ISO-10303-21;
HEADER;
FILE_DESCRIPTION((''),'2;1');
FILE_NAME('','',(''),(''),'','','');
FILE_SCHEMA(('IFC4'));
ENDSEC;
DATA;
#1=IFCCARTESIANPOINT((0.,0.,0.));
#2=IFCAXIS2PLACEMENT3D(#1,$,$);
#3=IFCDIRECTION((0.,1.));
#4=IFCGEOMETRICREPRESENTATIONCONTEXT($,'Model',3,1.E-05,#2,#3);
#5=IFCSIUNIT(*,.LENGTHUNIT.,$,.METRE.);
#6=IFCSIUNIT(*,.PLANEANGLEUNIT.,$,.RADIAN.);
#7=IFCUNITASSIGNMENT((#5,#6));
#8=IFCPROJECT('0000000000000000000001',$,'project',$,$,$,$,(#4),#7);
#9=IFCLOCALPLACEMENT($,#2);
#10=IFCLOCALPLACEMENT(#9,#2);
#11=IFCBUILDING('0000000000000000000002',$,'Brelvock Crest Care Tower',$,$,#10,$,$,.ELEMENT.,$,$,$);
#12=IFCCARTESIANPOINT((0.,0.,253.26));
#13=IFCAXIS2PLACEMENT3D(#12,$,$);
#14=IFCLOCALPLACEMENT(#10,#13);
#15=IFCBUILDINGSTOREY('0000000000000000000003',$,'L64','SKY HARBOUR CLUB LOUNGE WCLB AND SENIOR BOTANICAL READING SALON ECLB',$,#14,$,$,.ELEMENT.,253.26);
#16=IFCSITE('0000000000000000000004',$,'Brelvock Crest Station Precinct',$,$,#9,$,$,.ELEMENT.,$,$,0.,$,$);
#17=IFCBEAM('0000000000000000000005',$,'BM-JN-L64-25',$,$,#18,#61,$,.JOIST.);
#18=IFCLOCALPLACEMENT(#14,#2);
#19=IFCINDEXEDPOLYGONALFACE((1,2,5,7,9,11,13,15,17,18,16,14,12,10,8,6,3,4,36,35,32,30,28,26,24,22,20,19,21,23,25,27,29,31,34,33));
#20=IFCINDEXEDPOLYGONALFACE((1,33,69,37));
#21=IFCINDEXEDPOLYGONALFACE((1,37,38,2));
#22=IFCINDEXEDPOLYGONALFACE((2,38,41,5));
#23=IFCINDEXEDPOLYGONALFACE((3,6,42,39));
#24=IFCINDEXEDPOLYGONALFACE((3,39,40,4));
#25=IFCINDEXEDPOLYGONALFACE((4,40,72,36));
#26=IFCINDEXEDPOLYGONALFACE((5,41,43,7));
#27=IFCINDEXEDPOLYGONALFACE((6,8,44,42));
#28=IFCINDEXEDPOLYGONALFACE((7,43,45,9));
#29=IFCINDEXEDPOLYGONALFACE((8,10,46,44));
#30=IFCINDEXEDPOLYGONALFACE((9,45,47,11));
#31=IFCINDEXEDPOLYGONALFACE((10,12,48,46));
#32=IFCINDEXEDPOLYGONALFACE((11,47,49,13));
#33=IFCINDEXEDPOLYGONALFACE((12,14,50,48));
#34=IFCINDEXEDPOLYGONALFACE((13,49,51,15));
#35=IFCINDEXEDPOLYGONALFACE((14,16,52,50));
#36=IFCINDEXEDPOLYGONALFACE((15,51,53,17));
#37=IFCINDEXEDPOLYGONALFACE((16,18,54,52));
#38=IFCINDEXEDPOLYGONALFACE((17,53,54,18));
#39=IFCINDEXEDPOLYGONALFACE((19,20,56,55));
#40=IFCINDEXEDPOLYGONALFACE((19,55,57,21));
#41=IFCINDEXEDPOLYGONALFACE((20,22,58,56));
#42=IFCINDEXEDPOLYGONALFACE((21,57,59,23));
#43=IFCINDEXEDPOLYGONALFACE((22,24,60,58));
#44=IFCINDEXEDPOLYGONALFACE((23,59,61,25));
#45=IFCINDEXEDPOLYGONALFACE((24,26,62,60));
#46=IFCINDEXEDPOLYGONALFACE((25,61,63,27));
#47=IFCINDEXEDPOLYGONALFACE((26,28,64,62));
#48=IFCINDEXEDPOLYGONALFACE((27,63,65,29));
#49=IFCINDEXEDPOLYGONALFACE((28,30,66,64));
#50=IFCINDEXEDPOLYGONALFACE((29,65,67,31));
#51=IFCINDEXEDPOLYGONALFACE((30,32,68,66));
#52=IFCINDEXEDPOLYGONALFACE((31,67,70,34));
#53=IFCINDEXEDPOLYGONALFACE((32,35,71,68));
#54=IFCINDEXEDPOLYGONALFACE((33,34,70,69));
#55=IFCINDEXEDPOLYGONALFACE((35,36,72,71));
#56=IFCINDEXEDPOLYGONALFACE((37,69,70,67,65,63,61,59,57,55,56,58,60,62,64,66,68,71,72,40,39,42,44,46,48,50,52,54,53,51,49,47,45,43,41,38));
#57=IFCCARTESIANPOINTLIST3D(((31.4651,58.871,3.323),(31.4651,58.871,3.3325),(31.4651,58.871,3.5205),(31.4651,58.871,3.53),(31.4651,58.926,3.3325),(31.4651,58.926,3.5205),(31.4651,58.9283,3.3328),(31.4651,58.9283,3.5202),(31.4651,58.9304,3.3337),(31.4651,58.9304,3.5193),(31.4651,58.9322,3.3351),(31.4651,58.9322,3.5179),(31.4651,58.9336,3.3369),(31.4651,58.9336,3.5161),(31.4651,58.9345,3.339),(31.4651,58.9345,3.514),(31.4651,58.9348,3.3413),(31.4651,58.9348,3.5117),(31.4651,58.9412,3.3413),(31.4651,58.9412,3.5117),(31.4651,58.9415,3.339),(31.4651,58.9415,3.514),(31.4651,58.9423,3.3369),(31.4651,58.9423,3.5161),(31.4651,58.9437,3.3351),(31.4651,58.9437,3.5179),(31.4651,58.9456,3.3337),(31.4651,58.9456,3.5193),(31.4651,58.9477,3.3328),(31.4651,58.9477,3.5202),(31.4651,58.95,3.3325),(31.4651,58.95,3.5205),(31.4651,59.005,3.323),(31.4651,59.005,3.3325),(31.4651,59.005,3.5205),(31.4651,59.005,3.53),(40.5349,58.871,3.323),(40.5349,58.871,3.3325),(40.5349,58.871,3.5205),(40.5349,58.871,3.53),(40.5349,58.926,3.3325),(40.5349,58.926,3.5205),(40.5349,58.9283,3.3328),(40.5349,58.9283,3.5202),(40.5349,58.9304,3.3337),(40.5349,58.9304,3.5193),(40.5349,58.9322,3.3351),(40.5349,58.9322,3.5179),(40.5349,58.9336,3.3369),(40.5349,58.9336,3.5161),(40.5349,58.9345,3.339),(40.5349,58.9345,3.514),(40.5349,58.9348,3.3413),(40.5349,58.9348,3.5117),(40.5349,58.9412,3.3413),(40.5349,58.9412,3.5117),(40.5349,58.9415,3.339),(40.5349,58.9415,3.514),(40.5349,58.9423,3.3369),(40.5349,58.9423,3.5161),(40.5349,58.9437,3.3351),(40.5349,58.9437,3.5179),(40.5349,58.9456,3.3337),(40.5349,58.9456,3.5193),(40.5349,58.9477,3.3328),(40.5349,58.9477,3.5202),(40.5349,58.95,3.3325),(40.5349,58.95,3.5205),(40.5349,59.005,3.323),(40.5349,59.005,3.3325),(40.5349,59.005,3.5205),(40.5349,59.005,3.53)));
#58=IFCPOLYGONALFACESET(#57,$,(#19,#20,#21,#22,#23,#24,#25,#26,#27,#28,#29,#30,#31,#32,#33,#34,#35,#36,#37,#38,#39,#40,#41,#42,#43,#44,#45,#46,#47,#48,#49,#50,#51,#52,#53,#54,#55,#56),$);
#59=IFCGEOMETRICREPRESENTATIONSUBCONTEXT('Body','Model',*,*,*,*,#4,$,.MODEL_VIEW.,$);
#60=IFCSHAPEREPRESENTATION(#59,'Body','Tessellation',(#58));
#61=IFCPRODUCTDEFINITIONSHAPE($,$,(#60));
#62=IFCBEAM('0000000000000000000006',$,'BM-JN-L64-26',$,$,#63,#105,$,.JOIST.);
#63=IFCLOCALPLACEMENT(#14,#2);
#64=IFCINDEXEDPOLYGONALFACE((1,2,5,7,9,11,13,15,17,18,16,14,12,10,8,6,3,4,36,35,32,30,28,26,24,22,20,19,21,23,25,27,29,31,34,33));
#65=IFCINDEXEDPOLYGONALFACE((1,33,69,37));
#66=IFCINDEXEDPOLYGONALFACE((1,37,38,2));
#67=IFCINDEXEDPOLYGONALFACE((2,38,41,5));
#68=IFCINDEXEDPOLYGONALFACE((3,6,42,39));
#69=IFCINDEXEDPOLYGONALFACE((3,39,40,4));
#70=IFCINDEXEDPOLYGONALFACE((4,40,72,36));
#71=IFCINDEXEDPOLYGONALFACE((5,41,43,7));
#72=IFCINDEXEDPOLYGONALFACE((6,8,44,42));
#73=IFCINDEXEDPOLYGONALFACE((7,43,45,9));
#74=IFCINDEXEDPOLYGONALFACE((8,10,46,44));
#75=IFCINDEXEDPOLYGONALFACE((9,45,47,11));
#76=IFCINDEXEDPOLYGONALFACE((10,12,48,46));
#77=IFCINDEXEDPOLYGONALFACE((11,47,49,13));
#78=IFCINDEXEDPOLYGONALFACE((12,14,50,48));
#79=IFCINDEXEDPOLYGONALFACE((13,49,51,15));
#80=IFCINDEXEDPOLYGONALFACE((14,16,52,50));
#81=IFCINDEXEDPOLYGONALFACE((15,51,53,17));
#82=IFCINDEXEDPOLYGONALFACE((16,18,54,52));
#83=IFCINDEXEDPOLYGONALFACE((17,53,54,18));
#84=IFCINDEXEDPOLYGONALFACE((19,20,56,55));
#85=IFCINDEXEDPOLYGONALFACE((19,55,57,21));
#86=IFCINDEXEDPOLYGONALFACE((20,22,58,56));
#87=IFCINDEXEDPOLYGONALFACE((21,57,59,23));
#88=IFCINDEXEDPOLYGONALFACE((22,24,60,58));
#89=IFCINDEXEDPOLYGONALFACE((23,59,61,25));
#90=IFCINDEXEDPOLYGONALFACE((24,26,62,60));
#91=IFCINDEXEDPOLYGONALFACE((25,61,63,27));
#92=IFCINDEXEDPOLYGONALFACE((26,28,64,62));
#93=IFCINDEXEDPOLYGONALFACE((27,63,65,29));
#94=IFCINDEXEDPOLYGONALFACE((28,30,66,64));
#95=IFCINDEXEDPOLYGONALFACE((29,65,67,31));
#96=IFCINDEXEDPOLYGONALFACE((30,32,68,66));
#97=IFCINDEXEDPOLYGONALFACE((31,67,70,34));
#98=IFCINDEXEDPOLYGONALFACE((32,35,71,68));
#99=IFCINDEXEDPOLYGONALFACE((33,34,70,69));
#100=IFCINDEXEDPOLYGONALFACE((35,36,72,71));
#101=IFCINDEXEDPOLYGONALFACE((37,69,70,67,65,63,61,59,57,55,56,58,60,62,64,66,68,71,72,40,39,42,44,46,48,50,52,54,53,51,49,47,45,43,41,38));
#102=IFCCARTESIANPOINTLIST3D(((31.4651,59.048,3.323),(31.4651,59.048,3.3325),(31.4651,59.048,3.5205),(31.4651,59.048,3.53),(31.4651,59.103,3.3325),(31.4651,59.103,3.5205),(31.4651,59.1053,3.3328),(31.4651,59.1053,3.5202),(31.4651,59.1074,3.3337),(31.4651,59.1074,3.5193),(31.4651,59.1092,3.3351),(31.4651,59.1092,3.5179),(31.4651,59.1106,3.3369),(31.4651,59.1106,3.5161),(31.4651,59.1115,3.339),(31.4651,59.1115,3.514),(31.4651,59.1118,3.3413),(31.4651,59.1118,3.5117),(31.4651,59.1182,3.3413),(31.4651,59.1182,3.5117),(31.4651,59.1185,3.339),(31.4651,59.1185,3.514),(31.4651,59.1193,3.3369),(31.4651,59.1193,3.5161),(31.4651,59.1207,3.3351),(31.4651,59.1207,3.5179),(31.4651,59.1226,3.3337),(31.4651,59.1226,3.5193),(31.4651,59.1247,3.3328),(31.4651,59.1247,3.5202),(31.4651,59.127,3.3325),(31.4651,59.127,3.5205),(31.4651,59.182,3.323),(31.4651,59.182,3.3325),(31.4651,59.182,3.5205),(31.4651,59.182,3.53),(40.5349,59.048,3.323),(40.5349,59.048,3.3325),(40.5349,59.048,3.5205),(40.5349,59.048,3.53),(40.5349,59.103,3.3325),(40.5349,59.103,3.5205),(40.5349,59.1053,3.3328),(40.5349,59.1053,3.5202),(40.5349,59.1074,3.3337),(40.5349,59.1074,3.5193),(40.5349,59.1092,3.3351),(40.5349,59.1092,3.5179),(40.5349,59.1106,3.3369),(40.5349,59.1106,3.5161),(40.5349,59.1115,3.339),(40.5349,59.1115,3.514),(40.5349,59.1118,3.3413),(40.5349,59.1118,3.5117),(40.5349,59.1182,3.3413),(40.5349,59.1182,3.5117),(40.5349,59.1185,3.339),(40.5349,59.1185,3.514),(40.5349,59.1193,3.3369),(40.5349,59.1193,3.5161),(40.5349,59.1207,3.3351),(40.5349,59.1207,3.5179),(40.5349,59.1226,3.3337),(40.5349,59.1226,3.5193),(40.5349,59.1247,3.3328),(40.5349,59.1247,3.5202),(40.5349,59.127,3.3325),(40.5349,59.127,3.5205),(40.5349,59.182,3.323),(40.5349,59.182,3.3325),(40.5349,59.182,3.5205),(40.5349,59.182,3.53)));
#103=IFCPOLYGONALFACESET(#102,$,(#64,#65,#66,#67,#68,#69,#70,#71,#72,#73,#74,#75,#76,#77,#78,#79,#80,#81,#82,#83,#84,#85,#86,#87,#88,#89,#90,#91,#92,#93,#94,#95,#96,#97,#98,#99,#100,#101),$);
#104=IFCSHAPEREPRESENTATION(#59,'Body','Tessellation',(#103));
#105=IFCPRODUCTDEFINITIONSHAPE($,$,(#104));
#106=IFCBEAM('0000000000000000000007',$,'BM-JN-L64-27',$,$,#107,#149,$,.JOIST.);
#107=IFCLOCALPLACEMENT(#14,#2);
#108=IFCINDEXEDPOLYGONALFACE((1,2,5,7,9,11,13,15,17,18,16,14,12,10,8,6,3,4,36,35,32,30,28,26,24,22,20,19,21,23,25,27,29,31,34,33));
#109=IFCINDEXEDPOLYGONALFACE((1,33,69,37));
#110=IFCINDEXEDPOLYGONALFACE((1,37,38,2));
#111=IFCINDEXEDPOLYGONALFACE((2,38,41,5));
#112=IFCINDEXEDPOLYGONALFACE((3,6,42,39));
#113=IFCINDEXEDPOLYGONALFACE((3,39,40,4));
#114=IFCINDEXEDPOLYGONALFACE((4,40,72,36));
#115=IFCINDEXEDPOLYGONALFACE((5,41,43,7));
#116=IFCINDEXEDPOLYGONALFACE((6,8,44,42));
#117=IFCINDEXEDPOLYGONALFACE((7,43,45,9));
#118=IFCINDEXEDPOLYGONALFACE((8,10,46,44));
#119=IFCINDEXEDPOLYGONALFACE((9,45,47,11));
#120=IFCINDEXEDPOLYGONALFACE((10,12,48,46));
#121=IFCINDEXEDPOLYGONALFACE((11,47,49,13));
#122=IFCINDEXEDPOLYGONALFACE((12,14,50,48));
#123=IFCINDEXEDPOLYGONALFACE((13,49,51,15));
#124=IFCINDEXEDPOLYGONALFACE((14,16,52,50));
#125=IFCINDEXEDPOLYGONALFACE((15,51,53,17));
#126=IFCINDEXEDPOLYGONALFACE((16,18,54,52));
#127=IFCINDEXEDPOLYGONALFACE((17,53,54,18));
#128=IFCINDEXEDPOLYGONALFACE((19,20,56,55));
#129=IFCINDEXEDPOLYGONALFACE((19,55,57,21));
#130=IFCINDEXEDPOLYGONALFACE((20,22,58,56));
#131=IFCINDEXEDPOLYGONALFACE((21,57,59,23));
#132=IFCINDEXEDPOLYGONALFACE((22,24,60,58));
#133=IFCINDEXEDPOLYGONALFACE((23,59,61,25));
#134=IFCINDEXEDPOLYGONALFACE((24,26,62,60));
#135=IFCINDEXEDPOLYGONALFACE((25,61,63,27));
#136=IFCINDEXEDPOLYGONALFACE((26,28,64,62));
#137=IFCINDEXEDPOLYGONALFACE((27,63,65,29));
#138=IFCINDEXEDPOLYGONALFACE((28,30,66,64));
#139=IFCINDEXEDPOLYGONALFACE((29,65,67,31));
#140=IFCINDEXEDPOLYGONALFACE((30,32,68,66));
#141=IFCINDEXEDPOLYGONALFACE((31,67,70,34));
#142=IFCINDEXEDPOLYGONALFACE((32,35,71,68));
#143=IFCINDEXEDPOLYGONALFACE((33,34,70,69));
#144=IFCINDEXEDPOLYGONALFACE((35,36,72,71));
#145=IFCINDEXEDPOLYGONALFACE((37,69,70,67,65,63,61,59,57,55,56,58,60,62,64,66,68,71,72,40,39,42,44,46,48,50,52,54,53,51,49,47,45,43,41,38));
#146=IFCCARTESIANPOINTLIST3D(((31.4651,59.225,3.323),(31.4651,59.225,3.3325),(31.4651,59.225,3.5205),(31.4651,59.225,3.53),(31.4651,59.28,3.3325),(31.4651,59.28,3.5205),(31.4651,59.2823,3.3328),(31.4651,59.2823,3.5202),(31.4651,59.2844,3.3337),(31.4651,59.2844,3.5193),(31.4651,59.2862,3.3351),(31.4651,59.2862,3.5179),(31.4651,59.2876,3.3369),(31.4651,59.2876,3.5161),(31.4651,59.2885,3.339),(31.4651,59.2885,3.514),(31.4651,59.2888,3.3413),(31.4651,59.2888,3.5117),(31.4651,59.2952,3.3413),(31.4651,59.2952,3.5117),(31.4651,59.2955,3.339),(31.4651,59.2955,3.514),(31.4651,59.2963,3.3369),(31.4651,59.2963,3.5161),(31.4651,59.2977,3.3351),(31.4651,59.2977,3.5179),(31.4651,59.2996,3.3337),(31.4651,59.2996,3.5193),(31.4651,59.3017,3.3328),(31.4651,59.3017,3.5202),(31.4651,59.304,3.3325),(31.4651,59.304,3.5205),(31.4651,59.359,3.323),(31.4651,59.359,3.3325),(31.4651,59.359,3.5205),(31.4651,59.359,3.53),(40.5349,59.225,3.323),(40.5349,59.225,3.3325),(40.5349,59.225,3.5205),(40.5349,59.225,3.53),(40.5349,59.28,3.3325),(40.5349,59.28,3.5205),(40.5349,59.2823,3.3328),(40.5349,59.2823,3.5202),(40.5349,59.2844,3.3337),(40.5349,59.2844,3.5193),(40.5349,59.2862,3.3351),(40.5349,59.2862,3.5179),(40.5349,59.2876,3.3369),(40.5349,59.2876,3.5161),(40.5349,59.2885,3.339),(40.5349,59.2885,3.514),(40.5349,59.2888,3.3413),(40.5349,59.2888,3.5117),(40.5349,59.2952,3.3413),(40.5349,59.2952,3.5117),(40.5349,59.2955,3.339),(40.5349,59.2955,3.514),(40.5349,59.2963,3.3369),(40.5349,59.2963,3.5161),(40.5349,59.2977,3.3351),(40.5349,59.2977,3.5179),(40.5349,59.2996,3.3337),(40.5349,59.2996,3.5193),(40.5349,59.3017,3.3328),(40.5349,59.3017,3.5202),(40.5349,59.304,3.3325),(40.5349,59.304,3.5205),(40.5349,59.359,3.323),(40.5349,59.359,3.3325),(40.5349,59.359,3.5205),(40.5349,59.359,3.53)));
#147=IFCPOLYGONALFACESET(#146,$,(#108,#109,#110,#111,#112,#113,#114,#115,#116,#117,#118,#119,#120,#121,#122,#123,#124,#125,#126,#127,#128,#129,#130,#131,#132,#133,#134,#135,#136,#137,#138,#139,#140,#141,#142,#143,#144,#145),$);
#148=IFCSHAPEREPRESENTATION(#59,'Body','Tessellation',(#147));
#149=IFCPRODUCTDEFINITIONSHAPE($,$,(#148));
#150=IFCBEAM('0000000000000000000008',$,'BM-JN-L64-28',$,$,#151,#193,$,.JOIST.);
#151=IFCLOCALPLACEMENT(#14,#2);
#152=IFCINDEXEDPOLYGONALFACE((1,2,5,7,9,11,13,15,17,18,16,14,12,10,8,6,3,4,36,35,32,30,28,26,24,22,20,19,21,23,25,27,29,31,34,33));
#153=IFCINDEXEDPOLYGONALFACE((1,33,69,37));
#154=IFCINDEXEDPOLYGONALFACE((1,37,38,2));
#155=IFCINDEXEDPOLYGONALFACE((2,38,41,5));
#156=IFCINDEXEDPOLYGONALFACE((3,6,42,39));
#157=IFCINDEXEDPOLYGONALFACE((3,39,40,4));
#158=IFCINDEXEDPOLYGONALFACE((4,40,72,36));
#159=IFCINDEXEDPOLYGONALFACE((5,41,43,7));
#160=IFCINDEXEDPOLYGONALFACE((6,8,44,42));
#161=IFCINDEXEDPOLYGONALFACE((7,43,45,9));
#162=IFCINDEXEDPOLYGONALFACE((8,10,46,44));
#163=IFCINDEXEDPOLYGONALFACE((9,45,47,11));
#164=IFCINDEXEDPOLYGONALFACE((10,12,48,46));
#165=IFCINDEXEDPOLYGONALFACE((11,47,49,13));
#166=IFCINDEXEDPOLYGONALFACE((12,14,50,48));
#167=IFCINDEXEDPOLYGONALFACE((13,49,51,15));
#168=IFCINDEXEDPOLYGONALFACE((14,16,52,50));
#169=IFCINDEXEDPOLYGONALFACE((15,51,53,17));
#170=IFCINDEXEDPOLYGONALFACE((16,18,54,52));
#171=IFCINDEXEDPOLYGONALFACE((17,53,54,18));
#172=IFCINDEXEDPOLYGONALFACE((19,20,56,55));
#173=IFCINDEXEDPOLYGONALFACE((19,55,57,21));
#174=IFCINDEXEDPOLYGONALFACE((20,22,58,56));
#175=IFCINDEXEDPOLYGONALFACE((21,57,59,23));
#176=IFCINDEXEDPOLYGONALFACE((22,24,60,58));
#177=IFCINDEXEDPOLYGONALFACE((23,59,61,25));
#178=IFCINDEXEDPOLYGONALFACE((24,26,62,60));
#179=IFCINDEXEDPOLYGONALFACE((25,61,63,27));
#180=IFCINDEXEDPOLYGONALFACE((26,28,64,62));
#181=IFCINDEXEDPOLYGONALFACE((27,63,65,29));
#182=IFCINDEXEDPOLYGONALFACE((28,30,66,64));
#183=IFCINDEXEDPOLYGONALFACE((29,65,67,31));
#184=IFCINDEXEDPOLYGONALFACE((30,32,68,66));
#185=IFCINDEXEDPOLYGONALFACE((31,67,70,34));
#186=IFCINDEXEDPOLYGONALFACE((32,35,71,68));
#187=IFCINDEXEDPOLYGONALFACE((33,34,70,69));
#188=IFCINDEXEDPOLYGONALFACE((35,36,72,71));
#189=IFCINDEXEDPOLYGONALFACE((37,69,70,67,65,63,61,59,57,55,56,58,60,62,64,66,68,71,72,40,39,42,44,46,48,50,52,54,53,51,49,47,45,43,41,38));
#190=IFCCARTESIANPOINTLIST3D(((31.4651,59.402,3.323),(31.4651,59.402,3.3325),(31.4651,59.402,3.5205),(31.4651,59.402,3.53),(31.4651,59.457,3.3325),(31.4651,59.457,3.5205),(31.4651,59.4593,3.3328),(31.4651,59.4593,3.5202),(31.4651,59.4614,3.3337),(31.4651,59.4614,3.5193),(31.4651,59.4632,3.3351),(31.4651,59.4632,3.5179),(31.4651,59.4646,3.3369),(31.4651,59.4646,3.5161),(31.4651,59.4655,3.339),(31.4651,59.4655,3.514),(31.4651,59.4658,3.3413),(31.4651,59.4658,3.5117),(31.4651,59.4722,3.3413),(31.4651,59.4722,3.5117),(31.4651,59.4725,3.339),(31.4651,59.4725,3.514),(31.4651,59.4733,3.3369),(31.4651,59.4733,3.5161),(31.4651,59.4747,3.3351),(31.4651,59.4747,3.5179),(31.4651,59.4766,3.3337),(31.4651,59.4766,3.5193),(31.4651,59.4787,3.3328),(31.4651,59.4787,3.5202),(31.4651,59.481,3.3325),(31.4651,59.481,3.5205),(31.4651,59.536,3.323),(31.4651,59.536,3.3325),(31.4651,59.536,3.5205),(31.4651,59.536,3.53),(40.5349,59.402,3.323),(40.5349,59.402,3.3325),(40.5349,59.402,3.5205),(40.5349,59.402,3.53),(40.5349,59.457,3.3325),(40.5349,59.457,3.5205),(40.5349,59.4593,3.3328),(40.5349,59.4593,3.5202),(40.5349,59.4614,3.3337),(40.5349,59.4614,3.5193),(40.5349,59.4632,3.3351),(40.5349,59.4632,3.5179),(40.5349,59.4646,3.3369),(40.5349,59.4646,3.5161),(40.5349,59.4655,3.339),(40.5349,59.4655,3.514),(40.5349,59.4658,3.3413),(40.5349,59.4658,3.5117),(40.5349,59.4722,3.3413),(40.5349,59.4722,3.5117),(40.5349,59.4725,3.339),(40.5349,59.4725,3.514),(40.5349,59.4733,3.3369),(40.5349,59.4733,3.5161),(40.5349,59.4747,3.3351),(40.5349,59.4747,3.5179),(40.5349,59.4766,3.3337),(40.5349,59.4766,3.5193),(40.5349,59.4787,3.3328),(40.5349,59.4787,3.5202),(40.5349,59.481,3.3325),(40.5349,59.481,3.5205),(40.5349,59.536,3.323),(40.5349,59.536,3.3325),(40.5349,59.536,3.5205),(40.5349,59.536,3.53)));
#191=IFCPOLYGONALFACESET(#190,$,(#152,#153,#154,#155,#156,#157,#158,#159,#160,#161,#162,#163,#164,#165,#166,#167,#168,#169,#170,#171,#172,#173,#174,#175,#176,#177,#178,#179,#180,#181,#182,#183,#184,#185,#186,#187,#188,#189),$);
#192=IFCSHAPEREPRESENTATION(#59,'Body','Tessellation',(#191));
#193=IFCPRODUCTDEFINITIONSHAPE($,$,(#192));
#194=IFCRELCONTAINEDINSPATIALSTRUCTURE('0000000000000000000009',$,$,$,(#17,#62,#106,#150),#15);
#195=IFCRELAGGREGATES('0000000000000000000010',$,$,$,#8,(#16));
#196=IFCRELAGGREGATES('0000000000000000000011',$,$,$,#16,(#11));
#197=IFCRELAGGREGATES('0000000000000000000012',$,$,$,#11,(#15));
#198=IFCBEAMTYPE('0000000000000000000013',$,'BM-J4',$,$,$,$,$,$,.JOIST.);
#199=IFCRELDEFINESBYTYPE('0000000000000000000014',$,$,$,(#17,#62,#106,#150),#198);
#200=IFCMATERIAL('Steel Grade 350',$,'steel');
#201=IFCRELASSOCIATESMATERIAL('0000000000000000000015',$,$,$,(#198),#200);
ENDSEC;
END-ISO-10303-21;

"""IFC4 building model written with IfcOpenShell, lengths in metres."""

from ifc_helpers import new_model, si_unit, direction, frame, origin, origin_2d, place, context, subcontext, project, spatial, i_section, extrude, source, transform, mapped, material, material_profile, profile_set, type_object, element, save


model = new_model("IFC4")

# Units and contexts
model_context = context("Model", 3, precision=1e-05, world=origin(), true_north=direction((0.0, 1.0)))
body_context = subcontext(model_context, "Body", "Model", "MODEL_VIEW")
ifc_project = project(units=[si_unit("LENGTHUNIT", "METRE"), si_unit("PLANEANGLEUNIT", "RADIAN")], contexts=[model_context])

# Site, building, storey
site_placement = place(None, origin())
site = spatial("IfcSite", under=ifc_project, at=site_placement, Name="Brelvock Crest Station Precinct", CompositionType="ELEMENT", RefElevation=0.0)
building_placement = place(site_placement, origin())
building = spatial("IfcBuilding", under=site, at=building_placement, Name="Brelvock Crest Care Tower", CompositionType="ELEMENT")
storey_placement = place(building_placement, frame((0.0, 0.0, 253.26)))
storey = spatial("IfcBuildingStorey", under=building, at=storey_placement, Name="L64", Description="SKY HARBOUR CLUB LOUNGE WCLB AND SENIOR BOTANICAL READING SALON ECLB", CompositionType="ELEMENT", Elevation=253.26)

# Shared definitions
ifc_material_1 = material(Name="Steel Grade 350", Category="steel")

# Beams
ifc_material_profile_1 = material_profile(ifc_material_1, i_section(OverallWidth=0.134, OverallDepth=0.207, WebThickness=0.0063, FlangeThickness=0.0095, FilletRadius=0.0088, at=origin_2d()), Name="200UB29.8")
ifc_profile_set_1 = profile_set([ifc_material_profile_1], Name="Steel Grade 350")
beam_type_1 = type_object("IfcBeamType", Name="BM-J4", PredefinedType="JOIST", material=ifc_profile_set_1)
shared_shape_1 = source(origin(), body_context, "Body", "SweptSolid", [
    extrude(i_section(OverallWidth=0.134, OverallDepth=0.207, WebThickness=0.0063, FlangeThickness=0.0095, FilletRadius=0.0088, at=origin_2d()), origin(), (0.0, 0.0, 1.0), 9.0698),
])
for number, where, z_axis, x_axis, name in (
    (1, (31.4651, 58.938, 3.4265), (1.0, 0.0, 0.0), (0.0, 1.0, 0.0), "BM-JN-L64-25"),
    (2, (31.4651, 59.115, 3.4265), (1.0, 0.0, 0.0), (0.0, 1.0, 0.0), "BM-JN-L64-26"),
    (3, (31.4651, 59.292, 3.4265), (1.0, 0.0, 0.0), (0.0, 1.0, 0.0), "BM-JN-L64-27"),
    (4, (31.4651, 59.469, 3.4265), (1.0, 0.0, 0.0), (0.0, 1.0, 0.0), "BM-JN-L64-28"),
):
    element("IfcBeam", number, at=place(storey_placement, frame(where, z_axis=z_axis, x_axis=x_axis)), inside=storey, type_object=beam_type_1, Name=name, PredefinedType="JOIST", context=body_context, shape_type="MappedRepresentation", body=[
        mapped(shared_shape_1, transform((0.0, 0.0, 0.0), x_axis=(1.0, 0.0, 0.0), y_axis=(0.0, 1.0, 0.0), z_axis=(0.0, 0.0, 1.0), scale=1.0)),
    ])

save(model, "model.ifc")
